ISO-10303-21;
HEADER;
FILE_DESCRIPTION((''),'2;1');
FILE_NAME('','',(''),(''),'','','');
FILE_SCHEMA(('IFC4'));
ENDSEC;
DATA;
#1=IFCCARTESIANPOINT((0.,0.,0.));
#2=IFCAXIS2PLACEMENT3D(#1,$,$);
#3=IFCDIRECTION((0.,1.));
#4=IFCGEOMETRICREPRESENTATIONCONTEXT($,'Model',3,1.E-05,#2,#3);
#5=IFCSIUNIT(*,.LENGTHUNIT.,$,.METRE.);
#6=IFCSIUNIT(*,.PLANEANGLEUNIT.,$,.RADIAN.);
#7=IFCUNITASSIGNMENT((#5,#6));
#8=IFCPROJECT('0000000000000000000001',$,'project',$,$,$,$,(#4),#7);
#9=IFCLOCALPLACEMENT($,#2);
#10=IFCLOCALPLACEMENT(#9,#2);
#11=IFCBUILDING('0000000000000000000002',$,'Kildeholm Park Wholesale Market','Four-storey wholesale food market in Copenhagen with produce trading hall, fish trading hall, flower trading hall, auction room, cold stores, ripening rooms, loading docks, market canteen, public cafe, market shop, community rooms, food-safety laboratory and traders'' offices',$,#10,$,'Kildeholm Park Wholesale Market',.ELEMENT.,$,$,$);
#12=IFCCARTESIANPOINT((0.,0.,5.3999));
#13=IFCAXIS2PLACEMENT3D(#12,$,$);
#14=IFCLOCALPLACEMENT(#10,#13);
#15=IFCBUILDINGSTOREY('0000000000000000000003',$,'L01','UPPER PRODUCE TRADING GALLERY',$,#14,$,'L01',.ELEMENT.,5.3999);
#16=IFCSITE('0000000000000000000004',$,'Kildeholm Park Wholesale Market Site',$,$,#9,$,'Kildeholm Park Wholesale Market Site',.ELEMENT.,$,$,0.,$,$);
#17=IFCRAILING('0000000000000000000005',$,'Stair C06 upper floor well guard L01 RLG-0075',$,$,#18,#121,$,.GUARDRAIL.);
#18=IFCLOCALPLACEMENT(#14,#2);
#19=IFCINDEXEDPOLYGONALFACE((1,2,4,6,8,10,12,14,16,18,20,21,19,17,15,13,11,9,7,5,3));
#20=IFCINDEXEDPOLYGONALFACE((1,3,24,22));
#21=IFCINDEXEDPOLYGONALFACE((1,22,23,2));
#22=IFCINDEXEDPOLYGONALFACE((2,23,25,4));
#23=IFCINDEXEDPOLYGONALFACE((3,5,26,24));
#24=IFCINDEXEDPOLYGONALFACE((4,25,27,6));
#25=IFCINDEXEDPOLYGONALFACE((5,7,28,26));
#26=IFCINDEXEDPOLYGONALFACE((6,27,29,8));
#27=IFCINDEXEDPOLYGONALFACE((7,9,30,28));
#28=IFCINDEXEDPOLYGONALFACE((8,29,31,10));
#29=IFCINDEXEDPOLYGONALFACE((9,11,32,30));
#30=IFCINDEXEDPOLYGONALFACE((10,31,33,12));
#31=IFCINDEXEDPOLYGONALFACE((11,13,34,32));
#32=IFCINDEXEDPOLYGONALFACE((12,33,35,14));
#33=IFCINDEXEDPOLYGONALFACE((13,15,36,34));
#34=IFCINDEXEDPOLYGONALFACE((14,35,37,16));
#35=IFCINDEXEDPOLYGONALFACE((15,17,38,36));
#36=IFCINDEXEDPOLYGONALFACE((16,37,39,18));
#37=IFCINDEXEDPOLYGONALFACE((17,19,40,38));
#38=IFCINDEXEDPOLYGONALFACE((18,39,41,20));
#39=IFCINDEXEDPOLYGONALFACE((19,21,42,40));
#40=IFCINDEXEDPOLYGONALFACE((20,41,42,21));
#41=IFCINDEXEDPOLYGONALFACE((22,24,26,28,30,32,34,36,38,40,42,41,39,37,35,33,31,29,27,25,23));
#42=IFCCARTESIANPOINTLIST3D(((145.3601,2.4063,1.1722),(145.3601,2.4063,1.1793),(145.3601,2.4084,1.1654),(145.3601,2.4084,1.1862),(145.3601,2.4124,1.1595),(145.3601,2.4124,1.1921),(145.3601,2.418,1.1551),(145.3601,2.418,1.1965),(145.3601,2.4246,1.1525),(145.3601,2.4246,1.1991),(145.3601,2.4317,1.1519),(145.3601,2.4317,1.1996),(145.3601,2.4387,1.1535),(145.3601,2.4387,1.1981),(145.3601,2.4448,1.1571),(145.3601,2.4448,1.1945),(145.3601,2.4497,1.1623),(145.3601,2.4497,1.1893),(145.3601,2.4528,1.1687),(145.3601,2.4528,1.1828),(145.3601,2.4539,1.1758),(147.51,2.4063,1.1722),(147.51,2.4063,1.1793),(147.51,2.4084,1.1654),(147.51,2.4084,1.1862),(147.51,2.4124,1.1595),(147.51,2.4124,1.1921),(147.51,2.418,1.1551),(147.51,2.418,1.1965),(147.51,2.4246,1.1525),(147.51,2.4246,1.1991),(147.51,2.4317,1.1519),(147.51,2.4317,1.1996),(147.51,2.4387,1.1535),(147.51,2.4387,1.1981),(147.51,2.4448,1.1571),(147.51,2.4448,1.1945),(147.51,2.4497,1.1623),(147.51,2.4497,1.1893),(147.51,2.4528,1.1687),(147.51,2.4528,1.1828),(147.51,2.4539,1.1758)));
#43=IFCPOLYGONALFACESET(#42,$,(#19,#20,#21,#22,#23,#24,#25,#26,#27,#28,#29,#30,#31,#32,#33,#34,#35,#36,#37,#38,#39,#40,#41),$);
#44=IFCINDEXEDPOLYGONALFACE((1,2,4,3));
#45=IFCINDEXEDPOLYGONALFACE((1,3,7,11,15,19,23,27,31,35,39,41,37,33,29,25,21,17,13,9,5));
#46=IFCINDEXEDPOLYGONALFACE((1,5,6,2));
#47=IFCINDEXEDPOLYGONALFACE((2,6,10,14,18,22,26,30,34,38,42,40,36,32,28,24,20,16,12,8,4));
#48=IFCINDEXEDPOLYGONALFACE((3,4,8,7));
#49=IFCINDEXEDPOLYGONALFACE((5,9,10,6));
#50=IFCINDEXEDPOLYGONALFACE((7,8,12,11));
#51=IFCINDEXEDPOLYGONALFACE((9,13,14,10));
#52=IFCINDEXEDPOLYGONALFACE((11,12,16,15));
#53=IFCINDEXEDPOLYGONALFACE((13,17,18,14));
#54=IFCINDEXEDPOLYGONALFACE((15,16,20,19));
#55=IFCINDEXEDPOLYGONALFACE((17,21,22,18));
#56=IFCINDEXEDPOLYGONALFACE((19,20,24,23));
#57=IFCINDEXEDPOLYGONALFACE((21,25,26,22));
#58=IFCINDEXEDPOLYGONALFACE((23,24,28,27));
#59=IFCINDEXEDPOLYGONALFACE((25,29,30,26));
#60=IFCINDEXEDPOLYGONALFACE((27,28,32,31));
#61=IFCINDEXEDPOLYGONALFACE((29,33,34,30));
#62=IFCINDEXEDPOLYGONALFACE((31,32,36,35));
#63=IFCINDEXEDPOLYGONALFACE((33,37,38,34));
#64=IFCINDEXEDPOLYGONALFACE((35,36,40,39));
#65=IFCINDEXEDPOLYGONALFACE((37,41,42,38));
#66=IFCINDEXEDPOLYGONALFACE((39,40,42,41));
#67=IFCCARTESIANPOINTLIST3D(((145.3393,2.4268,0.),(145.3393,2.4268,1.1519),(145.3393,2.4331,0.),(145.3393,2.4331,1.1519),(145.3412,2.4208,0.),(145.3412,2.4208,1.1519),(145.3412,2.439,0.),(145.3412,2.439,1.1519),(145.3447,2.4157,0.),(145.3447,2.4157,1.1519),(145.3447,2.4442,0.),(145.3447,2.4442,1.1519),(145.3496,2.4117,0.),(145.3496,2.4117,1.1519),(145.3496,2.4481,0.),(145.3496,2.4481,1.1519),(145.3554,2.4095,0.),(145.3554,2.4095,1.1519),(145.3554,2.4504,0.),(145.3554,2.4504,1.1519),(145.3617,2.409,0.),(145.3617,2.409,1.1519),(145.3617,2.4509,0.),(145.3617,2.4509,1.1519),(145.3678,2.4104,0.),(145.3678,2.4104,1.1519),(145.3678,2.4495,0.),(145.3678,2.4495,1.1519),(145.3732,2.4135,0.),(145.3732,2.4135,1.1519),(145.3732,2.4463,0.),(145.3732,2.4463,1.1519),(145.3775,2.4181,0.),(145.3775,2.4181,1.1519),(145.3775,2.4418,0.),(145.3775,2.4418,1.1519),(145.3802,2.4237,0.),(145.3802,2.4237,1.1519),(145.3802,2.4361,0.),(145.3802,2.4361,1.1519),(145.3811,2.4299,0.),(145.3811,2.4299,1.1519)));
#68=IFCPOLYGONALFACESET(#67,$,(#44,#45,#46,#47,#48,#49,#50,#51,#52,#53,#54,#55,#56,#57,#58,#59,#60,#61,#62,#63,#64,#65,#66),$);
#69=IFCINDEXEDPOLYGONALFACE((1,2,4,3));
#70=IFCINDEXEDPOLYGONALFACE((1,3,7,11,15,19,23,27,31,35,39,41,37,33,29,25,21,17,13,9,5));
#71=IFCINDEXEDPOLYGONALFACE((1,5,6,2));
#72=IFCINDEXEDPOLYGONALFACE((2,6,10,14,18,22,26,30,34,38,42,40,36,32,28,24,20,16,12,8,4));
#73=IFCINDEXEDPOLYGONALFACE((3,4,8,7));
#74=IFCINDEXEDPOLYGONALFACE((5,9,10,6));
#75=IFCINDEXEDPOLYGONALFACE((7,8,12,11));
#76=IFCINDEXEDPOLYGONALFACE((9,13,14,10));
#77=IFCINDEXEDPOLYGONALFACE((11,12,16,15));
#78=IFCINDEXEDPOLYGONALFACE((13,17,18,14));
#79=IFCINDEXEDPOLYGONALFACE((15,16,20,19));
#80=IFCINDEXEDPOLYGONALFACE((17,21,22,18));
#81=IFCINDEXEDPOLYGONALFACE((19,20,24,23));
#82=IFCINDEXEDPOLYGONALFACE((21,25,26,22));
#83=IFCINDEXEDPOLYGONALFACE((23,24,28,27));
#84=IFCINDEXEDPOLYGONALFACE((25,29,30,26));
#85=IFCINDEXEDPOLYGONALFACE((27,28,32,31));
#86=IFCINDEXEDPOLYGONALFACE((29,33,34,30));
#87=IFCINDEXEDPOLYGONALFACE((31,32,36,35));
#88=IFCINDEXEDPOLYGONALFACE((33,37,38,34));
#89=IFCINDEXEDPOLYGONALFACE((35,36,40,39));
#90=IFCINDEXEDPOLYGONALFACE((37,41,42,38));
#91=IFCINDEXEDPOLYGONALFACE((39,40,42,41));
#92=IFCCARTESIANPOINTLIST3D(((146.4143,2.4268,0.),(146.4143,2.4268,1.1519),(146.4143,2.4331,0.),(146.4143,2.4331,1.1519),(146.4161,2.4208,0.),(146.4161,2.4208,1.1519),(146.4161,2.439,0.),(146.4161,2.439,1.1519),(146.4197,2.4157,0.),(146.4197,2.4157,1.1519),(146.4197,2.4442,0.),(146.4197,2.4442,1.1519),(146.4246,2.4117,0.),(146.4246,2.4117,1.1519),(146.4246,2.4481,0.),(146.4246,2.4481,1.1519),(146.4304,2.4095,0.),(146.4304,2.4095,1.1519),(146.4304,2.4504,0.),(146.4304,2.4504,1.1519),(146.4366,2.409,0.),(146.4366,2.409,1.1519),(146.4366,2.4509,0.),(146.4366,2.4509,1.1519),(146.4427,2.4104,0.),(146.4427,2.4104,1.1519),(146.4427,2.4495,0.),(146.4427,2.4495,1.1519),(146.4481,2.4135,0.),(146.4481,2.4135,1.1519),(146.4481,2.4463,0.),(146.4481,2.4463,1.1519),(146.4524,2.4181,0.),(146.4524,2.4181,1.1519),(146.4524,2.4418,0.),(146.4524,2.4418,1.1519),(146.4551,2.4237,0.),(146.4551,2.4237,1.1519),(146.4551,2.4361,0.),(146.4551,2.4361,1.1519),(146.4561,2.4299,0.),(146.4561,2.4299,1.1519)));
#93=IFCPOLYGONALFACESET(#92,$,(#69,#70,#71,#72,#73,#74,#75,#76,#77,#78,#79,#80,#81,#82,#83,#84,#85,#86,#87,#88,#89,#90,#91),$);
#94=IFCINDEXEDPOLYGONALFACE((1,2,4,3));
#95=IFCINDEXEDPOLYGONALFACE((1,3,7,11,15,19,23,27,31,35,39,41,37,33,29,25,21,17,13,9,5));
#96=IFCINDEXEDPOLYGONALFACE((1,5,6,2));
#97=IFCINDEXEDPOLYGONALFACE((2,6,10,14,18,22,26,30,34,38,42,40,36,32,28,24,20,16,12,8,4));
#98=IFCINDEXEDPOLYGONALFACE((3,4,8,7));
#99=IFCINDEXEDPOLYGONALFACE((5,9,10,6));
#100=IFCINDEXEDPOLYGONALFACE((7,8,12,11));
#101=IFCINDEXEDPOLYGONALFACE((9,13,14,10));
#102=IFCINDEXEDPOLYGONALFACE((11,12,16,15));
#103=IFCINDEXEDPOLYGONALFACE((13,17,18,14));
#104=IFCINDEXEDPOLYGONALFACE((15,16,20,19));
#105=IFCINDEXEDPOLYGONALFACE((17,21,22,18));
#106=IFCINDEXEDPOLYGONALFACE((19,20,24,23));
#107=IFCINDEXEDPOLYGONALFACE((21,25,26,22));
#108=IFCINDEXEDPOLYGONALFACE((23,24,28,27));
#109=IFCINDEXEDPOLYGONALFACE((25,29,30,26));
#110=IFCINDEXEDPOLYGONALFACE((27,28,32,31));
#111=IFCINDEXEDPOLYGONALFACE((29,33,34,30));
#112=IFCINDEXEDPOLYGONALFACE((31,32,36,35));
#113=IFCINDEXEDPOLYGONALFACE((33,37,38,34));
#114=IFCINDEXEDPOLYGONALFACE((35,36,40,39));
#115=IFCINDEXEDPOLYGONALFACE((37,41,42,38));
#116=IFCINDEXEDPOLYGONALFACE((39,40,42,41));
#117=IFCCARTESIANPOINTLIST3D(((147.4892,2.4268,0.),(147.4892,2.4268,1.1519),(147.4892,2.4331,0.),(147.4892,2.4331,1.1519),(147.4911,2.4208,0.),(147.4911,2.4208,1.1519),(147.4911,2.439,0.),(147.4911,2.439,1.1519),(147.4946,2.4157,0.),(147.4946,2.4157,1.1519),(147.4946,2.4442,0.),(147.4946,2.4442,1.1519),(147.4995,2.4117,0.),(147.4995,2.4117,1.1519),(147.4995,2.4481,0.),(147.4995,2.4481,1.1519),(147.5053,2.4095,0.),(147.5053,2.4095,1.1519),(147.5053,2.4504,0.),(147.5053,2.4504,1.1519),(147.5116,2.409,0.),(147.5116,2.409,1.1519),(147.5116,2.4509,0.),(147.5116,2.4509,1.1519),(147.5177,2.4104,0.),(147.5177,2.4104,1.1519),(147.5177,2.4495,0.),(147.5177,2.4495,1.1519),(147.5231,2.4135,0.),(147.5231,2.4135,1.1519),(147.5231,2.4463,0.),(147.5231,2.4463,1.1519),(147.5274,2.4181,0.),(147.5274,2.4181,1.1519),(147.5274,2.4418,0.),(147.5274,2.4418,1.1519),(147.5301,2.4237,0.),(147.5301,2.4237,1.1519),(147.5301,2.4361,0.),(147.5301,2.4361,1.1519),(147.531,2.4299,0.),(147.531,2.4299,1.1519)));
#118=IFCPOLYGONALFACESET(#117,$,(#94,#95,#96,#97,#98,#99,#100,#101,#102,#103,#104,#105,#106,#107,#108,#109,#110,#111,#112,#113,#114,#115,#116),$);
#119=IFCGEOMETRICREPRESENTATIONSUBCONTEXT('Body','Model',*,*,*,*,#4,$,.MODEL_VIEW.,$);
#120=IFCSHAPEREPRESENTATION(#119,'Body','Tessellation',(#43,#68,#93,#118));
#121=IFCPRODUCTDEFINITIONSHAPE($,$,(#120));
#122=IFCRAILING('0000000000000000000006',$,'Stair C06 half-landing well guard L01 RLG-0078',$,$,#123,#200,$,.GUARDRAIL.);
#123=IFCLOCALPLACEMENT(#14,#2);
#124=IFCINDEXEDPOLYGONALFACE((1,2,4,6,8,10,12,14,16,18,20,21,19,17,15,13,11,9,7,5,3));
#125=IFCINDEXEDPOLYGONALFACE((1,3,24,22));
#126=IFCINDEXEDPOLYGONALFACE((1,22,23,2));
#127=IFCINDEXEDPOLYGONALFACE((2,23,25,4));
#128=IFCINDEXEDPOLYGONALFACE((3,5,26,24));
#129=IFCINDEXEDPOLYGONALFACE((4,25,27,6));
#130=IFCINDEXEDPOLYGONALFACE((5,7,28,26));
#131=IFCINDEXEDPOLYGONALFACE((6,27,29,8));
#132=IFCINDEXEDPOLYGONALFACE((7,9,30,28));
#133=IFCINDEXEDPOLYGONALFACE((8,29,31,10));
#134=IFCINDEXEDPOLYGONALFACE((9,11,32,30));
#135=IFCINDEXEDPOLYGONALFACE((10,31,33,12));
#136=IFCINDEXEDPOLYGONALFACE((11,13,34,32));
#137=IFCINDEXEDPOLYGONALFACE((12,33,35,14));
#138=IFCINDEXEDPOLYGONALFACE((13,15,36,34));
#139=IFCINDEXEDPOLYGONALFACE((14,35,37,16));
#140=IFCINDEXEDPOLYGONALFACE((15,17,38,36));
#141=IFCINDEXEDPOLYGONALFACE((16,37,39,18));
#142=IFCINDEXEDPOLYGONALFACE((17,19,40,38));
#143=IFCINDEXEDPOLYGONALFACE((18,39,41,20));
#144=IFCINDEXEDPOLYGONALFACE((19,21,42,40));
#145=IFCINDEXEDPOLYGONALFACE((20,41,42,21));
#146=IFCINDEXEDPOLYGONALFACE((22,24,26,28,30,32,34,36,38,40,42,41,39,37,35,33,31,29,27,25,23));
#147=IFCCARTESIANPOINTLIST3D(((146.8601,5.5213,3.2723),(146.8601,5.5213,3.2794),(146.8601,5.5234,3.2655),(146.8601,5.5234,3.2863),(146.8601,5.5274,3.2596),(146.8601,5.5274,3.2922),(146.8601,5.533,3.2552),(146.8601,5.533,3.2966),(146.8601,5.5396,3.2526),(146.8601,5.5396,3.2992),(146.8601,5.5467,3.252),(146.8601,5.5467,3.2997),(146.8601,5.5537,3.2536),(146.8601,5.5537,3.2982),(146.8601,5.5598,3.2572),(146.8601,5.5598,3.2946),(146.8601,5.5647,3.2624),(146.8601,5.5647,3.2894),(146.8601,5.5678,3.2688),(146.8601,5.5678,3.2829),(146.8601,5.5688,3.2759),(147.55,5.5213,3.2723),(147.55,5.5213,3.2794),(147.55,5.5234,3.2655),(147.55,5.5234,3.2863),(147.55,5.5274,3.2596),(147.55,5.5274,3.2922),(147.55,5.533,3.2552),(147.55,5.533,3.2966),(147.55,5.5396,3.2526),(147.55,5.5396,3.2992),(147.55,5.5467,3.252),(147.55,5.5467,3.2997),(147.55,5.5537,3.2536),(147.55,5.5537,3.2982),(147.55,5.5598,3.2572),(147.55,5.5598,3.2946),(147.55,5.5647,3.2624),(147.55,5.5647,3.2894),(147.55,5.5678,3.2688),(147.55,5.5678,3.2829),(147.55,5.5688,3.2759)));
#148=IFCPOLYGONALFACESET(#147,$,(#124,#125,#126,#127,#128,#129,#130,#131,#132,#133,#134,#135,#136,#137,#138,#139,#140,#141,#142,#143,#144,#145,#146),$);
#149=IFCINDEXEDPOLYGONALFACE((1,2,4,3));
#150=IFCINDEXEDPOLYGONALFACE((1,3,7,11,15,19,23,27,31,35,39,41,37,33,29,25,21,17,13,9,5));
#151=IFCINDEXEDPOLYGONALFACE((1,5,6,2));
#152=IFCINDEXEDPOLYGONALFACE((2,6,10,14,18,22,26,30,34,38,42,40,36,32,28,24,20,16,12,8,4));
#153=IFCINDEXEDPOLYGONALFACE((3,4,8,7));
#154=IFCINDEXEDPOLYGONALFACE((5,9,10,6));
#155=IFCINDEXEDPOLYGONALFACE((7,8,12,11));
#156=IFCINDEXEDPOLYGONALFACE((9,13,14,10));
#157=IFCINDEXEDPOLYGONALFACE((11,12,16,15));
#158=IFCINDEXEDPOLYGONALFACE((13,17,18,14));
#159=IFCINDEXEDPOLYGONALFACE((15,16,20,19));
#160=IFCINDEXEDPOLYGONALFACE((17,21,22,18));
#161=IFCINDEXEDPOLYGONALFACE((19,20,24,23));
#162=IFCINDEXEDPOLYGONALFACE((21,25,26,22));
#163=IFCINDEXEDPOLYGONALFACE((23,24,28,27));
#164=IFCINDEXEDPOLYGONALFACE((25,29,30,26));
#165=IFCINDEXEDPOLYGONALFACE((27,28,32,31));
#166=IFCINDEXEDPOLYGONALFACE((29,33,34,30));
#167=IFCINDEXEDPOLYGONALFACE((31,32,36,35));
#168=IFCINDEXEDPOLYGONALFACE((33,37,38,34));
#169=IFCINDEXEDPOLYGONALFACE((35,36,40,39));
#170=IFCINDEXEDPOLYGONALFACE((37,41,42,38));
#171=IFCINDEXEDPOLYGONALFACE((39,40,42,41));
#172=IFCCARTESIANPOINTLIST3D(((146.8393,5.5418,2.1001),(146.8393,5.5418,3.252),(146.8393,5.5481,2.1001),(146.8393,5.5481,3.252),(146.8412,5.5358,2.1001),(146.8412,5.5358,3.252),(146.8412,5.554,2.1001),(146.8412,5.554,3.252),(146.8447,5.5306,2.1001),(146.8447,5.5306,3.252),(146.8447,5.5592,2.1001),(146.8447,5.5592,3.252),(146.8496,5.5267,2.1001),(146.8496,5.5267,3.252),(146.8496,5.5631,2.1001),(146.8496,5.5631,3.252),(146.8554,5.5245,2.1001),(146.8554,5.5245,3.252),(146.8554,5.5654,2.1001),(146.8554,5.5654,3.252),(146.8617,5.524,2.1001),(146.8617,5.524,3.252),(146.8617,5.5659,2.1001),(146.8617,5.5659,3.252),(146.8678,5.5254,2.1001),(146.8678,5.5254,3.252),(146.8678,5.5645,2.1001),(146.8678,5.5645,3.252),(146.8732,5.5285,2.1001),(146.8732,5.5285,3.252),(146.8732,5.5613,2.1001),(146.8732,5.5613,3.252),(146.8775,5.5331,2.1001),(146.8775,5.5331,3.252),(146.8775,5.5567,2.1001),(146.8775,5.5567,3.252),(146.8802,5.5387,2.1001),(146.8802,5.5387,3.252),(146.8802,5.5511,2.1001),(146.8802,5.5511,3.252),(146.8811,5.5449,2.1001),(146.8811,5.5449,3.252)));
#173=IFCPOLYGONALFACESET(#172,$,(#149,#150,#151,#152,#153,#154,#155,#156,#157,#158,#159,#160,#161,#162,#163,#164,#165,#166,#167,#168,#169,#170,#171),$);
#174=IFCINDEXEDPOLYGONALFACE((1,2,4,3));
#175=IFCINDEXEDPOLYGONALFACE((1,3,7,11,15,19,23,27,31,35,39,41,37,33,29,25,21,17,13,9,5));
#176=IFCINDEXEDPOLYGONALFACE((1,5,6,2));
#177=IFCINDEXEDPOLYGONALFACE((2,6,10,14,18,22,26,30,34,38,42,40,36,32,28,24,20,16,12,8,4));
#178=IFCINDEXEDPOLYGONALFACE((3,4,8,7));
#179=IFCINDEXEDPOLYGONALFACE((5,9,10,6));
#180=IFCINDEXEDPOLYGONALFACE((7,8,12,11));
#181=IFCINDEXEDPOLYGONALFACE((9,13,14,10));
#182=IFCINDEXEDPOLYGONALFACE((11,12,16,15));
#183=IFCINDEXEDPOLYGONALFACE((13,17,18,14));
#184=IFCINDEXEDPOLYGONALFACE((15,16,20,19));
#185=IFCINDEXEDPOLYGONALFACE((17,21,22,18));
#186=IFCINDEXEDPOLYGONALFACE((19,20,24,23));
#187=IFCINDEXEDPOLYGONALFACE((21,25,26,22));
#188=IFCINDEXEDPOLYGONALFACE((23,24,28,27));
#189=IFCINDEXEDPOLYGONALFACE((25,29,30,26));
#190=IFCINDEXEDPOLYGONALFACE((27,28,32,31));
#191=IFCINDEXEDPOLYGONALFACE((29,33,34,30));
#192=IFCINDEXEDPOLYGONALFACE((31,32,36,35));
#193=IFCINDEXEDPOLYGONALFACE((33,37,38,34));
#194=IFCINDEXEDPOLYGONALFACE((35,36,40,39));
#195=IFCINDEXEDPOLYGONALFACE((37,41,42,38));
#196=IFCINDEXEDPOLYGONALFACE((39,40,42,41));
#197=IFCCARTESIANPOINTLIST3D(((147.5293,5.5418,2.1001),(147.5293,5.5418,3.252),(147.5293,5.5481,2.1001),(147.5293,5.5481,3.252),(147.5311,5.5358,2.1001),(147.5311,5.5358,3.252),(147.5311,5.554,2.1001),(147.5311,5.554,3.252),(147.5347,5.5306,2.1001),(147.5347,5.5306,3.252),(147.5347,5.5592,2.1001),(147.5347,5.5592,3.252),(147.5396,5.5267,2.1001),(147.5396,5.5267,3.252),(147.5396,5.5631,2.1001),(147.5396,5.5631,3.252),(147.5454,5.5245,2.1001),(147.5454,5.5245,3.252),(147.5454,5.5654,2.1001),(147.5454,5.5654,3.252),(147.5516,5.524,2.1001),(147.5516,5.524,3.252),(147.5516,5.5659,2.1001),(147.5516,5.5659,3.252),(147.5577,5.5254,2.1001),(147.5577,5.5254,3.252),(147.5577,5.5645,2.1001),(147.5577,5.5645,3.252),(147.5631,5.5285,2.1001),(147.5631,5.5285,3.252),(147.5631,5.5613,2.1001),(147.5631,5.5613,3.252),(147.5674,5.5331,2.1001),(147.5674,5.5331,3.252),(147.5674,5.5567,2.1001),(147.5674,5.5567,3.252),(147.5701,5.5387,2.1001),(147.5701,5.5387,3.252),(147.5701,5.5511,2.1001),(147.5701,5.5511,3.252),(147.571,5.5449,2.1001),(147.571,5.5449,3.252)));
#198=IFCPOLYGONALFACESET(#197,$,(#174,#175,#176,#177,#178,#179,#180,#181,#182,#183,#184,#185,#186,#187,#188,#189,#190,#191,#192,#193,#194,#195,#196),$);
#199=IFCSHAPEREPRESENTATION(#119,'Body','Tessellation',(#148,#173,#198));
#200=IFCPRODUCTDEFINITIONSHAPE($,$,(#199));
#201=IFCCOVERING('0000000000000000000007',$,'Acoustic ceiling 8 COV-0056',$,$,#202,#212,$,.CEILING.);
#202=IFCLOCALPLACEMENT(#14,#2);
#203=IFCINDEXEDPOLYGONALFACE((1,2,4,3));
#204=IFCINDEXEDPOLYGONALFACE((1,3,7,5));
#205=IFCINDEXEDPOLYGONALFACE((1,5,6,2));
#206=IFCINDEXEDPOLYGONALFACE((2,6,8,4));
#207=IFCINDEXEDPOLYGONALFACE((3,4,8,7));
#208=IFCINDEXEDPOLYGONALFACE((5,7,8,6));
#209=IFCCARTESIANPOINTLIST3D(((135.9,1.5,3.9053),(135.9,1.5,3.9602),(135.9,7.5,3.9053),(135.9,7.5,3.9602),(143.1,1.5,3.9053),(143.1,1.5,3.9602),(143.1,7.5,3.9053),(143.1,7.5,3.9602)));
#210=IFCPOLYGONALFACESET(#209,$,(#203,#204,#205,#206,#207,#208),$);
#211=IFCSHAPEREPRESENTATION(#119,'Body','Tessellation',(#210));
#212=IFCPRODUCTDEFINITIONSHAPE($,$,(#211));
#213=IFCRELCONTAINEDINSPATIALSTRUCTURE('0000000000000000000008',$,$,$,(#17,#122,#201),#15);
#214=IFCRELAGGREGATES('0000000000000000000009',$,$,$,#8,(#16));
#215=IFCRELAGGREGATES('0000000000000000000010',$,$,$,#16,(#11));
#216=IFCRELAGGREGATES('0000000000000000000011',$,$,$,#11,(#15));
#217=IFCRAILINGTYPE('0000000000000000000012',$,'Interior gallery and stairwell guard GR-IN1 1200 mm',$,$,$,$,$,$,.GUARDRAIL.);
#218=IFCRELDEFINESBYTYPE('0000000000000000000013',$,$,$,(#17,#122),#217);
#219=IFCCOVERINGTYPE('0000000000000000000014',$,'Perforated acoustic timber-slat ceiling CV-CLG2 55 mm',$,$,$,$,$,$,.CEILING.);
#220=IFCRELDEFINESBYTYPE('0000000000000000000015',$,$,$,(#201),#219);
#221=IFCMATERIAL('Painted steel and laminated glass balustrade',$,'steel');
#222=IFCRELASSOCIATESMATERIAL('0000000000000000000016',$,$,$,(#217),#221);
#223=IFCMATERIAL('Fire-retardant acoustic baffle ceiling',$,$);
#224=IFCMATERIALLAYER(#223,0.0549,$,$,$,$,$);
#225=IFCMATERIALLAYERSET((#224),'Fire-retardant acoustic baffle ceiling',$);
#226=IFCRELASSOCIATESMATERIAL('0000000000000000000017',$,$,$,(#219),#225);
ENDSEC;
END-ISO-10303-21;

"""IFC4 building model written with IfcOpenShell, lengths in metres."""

from ifc_helpers import new_model, si_unit, direction, frame, origin, origin_2d, place, context, subcontext, project, spatial, rectangle, circle, extrude, material, layer, layer_set, type_object, element, save


model = new_model("IFC4")

# Units and contexts
model_context = context("Model", 3, precision=1e-05, world=origin(), true_north=direction((0.0, 1.0)))
body_context = subcontext(model_context, "Body", "Model", "MODEL_VIEW")
ifc_project = project(units=[si_unit("LENGTHUNIT", "METRE"), si_unit("PLANEANGLEUNIT", "RADIAN")], contexts=[model_context])

# Site, building, storey
site_placement = place(None, origin())
site = spatial("IfcSite", under=ifc_project, at=site_placement, Name="Kildeholm Park Wholesale Market Site", LongName="Kildeholm Park Wholesale Market Site", CompositionType="ELEMENT", RefElevation=0.0)
building_placement = place(site_placement, origin())
building = spatial("IfcBuilding", under=site, at=building_placement, Name="Kildeholm Park Wholesale Market", Description="Four-storey wholesale food market in Copenhagen with produce trading hall, fish trading hall, flower trading hall, auction room, cold stores, ripening rooms, loading docks, market canteen, public cafe, market shop, community rooms, food-safety laboratory and traders' offices", LongName="Kildeholm Park Wholesale Market", CompositionType="ELEMENT")
storey_placement = place(building_placement, frame((0.0, 0.0, 5.3999)))
storey = spatial("IfcBuildingStorey", under=building, at=storey_placement, Name="L01", Description="UPPER PRODUCE TRADING GALLERY", LongName="L01", CompositionType="ELEMENT", Elevation=5.3999)

# Railings
ifc_material_1 = material(Name="Painted steel and laminated glass balustrade", Category="steel")
railing_type_1 = type_object("IfcRailingType", Name="Interior gallery and stairwell guard GR-IN1 1200 mm", PredefinedType="GUARDRAIL", material=ifc_material_1)
railing_1_placement = place(storey_placement, frame((145.3601, 2.4299, 0.0)))
element("IfcRailing", 1, at=railing_1_placement, inside=storey, type_object=railing_type_1, Name="Stair C06 upper floor well guard L01 RLG-0075", PredefinedType="GUARDRAIL", context=body_context, shape_type="SweptSolid", body=[
    extrude(circle(Radius=0.0239, at=origin_2d()), frame((0.0, 0.0, 1.1758), z_axis=(1.0, 0.0, 0.0), x_axis=(0.0, 1.0, 0.0)), (0.0, 0.0, 1.0), 2.1499),
    extrude(circle(Radius=0.021, at=origin_2d()), origin(), (0.0, 0.0, 1.0), 1.1519),
    extrude(circle(Radius=0.021, at=origin_2d()), frame((1.075, 0.0, 0.0)), (0.0, 0.0, 1.0), 1.1519),
    extrude(circle(Radius=0.021, at=origin_2d()), frame((2.1499, 0.0, 0.0)), (0.0, 0.0, 1.0), 1.1519),
])
railing_2_placement = place(storey_placement, frame((146.8601, 5.5449, 2.1001)))
element("IfcRailing", 2, at=railing_2_placement, inside=storey, type_object=railing_type_1, Name="Stair C06 half-landing well guard L01 RLG-0078", PredefinedType="GUARDRAIL", context=body_context, shape_type="SweptSolid", body=[
    extrude(circle(Radius=0.0239, at=origin_2d()), frame((0.0, 0.0, 1.1758), z_axis=(1.0, 0.0, 0.0), x_axis=(0.0, 1.0, 0.0)), (0.0, 0.0, 1.0), 0.6899),
    extrude(circle(Radius=0.021, at=origin_2d()), origin(), (0.0, 0.0, 1.0), 1.1519),
    extrude(circle(Radius=0.021, at=origin_2d()), frame((0.6899, 0.0, 0.0)), (0.0, 0.0, 1.0), 1.1519),
])

# Covering
ifc_material_2 = material(Name="Fire-retardant acoustic baffle ceiling")
ifc_layer_1 = layer(ifc_material_2, 0.0549)
ifc_layer_set_1 = layer_set([ifc_layer_1], Name="Fire-retardant acoustic baffle ceiling")
covering_type_1 = type_object("IfcCoveringType", Name="Perforated acoustic timber-slat ceiling CV-CLG2 55 mm", PredefinedType="CEILING", material=ifc_layer_set_1)
covering_1_placement = place(storey_placement, frame((139.5, 4.5, 3.9053), z_axis=(0.0, 0.0, 1.0), x_axis=(1.0, 0.0, 0.0)))
element("IfcCovering", 3, at=covering_1_placement, inside=storey, type_object=covering_type_1, Name="Acoustic ceiling 8 COV-0056", PredefinedType="CEILING", context=body_context, shape_type="SweptSolid", body=[
    extrude(rectangle(XDim=7.2, YDim=6.0, at=origin_2d()), origin(), (0.0, 0.0, 1.0), 0.0549),
])

save(model, "model.ifc")
